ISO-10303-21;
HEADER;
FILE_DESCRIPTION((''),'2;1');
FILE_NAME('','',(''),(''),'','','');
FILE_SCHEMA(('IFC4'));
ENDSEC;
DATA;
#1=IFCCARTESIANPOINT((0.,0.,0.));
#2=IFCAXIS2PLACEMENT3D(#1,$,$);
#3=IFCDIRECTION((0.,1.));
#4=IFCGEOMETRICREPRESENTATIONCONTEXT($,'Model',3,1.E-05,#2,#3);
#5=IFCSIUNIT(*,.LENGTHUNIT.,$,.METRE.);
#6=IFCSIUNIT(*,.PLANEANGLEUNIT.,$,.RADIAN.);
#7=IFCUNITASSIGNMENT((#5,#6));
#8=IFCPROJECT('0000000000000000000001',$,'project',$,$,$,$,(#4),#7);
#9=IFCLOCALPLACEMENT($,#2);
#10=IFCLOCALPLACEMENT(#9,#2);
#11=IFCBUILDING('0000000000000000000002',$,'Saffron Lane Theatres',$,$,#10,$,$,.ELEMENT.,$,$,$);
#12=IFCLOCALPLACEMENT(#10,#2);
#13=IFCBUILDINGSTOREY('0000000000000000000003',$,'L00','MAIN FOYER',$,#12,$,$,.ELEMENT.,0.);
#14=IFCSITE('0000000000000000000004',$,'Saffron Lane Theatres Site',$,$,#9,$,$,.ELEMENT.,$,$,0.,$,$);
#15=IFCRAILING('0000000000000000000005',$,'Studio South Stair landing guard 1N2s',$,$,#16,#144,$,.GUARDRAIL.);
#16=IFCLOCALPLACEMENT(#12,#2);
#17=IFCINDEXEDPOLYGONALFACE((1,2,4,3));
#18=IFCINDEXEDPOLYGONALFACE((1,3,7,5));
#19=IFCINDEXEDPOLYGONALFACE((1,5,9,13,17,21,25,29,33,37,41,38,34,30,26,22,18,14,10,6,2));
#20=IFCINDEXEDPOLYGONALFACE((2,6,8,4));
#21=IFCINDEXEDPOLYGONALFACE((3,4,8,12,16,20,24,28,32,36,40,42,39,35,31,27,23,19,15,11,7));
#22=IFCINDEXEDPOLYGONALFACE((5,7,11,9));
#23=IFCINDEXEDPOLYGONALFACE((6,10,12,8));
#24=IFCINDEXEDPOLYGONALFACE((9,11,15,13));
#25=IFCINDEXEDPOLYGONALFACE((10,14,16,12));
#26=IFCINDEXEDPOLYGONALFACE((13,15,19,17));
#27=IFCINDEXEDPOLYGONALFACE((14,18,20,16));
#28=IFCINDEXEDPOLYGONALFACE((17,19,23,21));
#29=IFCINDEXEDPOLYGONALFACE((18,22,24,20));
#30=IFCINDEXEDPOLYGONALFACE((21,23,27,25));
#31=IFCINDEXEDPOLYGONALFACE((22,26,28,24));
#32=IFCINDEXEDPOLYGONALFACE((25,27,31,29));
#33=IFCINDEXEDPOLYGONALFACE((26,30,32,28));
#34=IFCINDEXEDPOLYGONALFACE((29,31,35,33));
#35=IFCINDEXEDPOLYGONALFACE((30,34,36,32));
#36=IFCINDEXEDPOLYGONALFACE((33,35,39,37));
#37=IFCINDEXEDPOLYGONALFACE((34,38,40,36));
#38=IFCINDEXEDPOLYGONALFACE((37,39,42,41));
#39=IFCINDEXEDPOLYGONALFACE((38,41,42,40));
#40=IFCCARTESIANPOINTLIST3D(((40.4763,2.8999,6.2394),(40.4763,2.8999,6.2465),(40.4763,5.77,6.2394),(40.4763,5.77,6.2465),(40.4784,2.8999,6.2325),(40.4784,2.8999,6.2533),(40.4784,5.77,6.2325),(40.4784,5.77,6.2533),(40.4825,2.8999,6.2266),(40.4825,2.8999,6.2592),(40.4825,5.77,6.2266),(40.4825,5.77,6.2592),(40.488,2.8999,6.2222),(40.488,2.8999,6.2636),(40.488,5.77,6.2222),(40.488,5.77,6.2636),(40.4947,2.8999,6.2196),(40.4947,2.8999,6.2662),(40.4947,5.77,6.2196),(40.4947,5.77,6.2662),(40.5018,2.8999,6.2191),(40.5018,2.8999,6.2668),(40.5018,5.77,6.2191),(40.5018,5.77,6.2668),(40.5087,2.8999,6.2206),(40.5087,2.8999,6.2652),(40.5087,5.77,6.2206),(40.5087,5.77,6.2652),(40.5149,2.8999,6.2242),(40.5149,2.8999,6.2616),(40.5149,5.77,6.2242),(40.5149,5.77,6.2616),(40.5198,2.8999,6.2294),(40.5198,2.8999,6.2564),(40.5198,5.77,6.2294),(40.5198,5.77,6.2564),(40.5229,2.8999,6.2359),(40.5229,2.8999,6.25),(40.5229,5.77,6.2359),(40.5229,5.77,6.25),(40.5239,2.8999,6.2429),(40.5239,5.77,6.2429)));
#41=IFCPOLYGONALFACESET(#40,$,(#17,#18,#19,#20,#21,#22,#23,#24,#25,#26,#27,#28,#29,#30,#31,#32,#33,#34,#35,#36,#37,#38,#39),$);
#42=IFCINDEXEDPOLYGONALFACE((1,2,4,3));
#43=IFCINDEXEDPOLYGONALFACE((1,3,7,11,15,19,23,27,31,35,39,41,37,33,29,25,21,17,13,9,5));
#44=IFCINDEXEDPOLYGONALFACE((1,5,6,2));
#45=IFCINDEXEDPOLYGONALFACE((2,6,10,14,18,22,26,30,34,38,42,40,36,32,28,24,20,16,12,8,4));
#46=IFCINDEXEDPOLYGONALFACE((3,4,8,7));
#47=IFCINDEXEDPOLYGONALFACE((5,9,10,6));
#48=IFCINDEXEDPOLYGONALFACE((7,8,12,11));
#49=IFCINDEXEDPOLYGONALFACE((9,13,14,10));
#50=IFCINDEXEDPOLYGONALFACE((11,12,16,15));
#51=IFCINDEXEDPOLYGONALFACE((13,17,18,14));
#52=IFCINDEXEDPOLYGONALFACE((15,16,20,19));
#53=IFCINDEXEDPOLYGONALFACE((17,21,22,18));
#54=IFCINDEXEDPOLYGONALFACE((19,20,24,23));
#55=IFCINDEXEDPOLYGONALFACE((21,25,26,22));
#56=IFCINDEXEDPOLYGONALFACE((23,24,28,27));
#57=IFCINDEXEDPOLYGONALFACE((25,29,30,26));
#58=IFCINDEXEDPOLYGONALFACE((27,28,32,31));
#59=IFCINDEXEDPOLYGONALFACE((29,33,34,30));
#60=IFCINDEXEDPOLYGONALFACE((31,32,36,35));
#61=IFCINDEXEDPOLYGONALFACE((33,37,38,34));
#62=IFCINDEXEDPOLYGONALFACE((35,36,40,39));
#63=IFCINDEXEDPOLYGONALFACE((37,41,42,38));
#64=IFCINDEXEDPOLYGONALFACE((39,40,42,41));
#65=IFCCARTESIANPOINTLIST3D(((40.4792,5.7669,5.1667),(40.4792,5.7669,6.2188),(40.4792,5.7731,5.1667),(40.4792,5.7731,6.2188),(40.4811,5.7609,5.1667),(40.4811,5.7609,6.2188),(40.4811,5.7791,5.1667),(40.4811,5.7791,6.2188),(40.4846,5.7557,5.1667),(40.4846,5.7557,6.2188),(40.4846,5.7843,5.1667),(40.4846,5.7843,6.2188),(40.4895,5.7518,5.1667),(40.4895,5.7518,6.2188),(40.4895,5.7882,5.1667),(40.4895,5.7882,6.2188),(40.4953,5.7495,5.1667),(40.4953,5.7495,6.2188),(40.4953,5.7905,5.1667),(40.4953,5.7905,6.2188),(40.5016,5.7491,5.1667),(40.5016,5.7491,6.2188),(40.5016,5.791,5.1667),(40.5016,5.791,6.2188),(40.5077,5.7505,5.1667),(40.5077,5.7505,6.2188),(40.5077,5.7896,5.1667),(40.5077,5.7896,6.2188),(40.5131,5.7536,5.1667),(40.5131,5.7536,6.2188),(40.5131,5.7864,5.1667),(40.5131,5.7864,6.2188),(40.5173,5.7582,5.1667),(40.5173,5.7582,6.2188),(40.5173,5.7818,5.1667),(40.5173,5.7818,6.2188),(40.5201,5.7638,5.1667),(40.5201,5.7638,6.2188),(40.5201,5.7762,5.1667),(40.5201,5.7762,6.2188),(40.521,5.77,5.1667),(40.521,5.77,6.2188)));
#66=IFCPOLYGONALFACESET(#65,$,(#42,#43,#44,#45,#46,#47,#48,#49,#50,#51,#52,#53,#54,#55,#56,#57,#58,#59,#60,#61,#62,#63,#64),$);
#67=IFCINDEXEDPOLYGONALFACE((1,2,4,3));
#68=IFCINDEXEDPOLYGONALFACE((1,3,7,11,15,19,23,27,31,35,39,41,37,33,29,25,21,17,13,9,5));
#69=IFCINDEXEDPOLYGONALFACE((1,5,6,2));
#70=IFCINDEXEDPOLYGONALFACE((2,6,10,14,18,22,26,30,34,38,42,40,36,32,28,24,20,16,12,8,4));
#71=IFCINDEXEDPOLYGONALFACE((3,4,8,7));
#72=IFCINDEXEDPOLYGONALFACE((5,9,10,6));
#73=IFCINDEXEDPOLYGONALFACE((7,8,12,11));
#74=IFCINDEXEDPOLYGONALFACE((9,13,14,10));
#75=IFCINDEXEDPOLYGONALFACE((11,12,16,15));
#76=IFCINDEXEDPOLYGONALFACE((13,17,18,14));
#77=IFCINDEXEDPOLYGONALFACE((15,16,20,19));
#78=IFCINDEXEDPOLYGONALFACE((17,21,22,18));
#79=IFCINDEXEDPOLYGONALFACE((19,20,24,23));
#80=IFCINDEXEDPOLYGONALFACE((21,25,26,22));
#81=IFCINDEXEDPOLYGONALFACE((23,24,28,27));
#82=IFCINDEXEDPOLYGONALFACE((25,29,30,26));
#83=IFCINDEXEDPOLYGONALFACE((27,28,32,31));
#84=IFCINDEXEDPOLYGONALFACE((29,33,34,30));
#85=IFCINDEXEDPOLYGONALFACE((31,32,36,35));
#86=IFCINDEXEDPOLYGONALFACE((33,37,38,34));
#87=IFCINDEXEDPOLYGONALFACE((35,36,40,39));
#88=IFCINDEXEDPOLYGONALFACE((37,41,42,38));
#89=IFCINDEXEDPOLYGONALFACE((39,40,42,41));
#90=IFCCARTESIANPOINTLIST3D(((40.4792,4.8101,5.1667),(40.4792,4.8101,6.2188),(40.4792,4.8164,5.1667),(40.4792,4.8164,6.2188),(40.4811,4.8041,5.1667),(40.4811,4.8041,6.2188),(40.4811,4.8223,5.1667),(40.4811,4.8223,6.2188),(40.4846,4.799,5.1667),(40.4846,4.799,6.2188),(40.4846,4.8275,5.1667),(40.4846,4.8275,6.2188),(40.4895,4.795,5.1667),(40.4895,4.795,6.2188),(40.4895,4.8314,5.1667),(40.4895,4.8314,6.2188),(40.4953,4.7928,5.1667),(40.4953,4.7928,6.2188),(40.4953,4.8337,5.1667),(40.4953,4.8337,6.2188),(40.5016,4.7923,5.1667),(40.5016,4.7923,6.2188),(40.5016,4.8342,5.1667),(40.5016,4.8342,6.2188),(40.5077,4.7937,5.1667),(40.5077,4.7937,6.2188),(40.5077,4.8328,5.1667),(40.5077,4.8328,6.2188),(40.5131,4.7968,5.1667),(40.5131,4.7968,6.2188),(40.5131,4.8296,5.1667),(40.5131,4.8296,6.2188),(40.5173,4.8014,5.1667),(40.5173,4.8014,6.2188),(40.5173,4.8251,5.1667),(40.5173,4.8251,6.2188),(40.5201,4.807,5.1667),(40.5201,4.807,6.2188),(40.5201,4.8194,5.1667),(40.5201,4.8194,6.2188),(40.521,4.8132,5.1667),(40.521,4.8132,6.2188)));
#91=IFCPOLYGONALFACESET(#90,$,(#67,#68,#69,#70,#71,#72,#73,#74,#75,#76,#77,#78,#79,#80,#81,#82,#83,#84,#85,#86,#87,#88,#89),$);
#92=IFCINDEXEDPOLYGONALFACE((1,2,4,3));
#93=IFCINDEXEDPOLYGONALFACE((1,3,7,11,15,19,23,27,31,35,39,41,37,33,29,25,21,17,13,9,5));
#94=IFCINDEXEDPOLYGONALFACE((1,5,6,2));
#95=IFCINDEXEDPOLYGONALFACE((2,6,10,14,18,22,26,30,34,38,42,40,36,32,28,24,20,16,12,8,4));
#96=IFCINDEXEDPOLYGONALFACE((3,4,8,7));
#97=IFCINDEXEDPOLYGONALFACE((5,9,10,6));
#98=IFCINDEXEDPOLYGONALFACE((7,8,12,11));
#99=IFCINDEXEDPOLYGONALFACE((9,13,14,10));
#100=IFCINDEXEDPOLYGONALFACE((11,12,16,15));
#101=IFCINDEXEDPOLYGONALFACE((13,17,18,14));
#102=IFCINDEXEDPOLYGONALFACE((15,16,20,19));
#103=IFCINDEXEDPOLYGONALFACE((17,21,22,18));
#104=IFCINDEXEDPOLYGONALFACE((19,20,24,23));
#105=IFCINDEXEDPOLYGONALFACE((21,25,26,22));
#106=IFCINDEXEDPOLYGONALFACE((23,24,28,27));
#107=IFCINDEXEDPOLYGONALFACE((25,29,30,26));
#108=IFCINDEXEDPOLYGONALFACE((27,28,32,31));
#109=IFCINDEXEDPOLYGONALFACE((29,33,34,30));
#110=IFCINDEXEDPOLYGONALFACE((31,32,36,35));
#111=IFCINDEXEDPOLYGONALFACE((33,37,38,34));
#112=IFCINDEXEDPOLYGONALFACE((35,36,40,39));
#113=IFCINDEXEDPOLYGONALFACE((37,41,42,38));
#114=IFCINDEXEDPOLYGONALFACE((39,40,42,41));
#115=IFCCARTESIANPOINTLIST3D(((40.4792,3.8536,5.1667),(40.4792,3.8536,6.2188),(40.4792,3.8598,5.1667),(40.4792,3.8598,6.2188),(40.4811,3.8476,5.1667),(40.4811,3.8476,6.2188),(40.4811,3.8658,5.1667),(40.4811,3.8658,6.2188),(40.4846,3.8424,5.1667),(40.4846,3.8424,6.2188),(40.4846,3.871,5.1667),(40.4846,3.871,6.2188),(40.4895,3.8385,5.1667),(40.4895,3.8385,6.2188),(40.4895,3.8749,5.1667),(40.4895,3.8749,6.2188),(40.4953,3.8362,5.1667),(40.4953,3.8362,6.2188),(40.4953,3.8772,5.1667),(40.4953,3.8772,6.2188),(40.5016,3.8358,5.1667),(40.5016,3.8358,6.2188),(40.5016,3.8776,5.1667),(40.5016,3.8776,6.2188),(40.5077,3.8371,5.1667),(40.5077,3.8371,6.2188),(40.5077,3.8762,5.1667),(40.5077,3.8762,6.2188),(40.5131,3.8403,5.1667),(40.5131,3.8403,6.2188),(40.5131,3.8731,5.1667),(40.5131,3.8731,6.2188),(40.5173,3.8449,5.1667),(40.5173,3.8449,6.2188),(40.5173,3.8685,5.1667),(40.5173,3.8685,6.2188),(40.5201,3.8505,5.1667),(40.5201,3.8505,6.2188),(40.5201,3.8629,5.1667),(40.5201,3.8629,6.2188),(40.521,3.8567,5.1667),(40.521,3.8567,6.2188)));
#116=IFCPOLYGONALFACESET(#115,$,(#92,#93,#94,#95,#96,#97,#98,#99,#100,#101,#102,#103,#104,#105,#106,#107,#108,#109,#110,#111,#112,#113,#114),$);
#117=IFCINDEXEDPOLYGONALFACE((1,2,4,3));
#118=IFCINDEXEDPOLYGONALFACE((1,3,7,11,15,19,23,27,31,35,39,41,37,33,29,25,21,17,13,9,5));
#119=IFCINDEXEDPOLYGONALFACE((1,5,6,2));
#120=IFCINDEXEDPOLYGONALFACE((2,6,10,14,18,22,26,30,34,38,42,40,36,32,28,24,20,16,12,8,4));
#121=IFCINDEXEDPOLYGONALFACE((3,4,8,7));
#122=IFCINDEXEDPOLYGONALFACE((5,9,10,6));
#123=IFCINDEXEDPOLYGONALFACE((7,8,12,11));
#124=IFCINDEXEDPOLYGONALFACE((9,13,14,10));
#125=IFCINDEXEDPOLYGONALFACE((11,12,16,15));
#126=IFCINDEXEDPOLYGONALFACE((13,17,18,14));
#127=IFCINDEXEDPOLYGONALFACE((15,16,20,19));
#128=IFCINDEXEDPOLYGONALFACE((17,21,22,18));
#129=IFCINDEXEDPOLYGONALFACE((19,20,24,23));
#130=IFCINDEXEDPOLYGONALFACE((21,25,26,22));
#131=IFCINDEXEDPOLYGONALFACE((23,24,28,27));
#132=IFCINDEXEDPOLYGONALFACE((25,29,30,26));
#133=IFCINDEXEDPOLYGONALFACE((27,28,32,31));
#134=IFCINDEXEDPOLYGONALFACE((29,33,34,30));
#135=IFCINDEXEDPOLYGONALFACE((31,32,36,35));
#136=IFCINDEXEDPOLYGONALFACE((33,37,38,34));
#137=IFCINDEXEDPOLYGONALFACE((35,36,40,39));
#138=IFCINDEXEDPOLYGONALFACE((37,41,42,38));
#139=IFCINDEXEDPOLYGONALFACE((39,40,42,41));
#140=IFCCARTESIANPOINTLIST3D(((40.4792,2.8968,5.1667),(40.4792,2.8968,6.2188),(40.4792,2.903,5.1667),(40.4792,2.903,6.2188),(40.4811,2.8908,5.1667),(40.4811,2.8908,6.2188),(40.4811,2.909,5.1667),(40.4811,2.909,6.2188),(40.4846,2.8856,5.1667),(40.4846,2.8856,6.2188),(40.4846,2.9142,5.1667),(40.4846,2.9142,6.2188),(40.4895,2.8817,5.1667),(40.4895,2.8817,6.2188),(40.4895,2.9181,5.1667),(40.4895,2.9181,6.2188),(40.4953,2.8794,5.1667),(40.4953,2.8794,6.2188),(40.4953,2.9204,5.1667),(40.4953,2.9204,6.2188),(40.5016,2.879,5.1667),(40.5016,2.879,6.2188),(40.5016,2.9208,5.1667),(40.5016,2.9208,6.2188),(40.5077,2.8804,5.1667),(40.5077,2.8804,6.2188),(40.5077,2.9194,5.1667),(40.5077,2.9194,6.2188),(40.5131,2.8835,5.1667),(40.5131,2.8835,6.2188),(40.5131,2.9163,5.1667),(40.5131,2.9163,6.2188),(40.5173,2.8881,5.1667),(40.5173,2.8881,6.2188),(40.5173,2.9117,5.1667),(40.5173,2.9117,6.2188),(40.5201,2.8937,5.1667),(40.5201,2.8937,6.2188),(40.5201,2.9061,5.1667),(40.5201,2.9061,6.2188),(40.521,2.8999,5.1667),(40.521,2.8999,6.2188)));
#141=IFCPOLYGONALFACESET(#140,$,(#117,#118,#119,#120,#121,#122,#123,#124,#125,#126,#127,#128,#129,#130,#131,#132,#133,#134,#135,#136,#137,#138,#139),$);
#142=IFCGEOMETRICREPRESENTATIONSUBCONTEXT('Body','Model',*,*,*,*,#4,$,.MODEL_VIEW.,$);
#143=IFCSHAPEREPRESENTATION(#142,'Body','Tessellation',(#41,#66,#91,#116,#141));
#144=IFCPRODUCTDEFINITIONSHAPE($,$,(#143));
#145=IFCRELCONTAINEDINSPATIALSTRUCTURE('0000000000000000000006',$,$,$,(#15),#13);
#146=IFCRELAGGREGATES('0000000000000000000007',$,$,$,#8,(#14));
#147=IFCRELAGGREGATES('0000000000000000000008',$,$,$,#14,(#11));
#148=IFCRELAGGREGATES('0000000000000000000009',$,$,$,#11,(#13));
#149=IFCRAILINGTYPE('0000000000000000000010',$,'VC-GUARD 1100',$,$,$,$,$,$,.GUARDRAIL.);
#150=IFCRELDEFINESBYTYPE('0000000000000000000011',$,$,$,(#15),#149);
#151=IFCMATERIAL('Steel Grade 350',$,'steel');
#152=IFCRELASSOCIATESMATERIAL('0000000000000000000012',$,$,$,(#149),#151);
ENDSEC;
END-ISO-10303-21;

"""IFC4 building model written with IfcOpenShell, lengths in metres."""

from ifc_helpers import new_model, si_unit, direction, frame, origin, origin_2d, place, context, subcontext, project, spatial, circle, extrude, material, type_object, element, save


model = new_model("IFC4")

# Units and contexts
model_context = context("Model", 3, precision=1e-05, world=origin(), true_north=direction((0.0, 1.0)))
body_context = subcontext(model_context, "Body", "Model", "MODEL_VIEW")
ifc_project = project(units=[si_unit("LENGTHUNIT", "METRE"), si_unit("PLANEANGLEUNIT", "RADIAN")], contexts=[model_context])

# Site, building, storey
site_placement = place(None, origin())
site = spatial("IfcSite", under=ifc_project, at=site_placement, Name="Saffron Lane Theatres Site", CompositionType="ELEMENT", RefElevation=0.0)
building_placement = place(site_placement, origin())
building = spatial("IfcBuilding", under=site, at=building_placement, Name="Saffron Lane Theatres", CompositionType="ELEMENT")
storey_placement = place(building_placement, origin())
storey = spatial("IfcBuildingStorey", under=building, at=storey_placement, Name="L00", Description="MAIN FOYER", CompositionType="ELEMENT", Elevation=0.0)

# Railing
ifc_material_1 = material(Name="Steel Grade 350", Category="steel")
railing_type_1 = type_object("IfcRailingType", Name="VC-GUARD 1100", PredefinedType="GUARDRAIL", material=ifc_material_1)
railing_1_placement = place(storey_placement, frame((40.5, 5.77, 5.1667)))
element("IfcRailing", 1, at=railing_1_placement, inside=storey, type_object=railing_type_1, Name="Studio South Stair landing guard 1N2s", PredefinedType="GUARDRAIL", context=body_context, shape_type="SweptSolid", body=[
    extrude(circle(Radius=0.0239, at=origin_2d()), frame((0.0, 0.0, 1.0762), z_axis=(0.0, -1.0, 0.0), x_axis=(1.0, 0.0, 0.0)), (0.0, 0.0, 1.0), 2.8701),
    extrude(circle(Radius=0.021, at=origin_2d()), origin(), (0.0, 0.0, 1.0), 1.052),
    extrude(circle(Radius=0.021, at=origin_2d()), frame((0.0, -0.9568, 0.0)), (0.0, 0.0, 1.0), 1.052),
    extrude(circle(Radius=0.021, at=origin_2d()), frame((0.0, -1.9133, 0.0)), (0.0, 0.0, 1.0), 1.052),
    extrude(circle(Radius=0.021, at=origin_2d()), frame((0.0, -2.8701, 0.0)), (0.0, 0.0, 1.0), 1.052),
])

save(model, "model.ifc")
